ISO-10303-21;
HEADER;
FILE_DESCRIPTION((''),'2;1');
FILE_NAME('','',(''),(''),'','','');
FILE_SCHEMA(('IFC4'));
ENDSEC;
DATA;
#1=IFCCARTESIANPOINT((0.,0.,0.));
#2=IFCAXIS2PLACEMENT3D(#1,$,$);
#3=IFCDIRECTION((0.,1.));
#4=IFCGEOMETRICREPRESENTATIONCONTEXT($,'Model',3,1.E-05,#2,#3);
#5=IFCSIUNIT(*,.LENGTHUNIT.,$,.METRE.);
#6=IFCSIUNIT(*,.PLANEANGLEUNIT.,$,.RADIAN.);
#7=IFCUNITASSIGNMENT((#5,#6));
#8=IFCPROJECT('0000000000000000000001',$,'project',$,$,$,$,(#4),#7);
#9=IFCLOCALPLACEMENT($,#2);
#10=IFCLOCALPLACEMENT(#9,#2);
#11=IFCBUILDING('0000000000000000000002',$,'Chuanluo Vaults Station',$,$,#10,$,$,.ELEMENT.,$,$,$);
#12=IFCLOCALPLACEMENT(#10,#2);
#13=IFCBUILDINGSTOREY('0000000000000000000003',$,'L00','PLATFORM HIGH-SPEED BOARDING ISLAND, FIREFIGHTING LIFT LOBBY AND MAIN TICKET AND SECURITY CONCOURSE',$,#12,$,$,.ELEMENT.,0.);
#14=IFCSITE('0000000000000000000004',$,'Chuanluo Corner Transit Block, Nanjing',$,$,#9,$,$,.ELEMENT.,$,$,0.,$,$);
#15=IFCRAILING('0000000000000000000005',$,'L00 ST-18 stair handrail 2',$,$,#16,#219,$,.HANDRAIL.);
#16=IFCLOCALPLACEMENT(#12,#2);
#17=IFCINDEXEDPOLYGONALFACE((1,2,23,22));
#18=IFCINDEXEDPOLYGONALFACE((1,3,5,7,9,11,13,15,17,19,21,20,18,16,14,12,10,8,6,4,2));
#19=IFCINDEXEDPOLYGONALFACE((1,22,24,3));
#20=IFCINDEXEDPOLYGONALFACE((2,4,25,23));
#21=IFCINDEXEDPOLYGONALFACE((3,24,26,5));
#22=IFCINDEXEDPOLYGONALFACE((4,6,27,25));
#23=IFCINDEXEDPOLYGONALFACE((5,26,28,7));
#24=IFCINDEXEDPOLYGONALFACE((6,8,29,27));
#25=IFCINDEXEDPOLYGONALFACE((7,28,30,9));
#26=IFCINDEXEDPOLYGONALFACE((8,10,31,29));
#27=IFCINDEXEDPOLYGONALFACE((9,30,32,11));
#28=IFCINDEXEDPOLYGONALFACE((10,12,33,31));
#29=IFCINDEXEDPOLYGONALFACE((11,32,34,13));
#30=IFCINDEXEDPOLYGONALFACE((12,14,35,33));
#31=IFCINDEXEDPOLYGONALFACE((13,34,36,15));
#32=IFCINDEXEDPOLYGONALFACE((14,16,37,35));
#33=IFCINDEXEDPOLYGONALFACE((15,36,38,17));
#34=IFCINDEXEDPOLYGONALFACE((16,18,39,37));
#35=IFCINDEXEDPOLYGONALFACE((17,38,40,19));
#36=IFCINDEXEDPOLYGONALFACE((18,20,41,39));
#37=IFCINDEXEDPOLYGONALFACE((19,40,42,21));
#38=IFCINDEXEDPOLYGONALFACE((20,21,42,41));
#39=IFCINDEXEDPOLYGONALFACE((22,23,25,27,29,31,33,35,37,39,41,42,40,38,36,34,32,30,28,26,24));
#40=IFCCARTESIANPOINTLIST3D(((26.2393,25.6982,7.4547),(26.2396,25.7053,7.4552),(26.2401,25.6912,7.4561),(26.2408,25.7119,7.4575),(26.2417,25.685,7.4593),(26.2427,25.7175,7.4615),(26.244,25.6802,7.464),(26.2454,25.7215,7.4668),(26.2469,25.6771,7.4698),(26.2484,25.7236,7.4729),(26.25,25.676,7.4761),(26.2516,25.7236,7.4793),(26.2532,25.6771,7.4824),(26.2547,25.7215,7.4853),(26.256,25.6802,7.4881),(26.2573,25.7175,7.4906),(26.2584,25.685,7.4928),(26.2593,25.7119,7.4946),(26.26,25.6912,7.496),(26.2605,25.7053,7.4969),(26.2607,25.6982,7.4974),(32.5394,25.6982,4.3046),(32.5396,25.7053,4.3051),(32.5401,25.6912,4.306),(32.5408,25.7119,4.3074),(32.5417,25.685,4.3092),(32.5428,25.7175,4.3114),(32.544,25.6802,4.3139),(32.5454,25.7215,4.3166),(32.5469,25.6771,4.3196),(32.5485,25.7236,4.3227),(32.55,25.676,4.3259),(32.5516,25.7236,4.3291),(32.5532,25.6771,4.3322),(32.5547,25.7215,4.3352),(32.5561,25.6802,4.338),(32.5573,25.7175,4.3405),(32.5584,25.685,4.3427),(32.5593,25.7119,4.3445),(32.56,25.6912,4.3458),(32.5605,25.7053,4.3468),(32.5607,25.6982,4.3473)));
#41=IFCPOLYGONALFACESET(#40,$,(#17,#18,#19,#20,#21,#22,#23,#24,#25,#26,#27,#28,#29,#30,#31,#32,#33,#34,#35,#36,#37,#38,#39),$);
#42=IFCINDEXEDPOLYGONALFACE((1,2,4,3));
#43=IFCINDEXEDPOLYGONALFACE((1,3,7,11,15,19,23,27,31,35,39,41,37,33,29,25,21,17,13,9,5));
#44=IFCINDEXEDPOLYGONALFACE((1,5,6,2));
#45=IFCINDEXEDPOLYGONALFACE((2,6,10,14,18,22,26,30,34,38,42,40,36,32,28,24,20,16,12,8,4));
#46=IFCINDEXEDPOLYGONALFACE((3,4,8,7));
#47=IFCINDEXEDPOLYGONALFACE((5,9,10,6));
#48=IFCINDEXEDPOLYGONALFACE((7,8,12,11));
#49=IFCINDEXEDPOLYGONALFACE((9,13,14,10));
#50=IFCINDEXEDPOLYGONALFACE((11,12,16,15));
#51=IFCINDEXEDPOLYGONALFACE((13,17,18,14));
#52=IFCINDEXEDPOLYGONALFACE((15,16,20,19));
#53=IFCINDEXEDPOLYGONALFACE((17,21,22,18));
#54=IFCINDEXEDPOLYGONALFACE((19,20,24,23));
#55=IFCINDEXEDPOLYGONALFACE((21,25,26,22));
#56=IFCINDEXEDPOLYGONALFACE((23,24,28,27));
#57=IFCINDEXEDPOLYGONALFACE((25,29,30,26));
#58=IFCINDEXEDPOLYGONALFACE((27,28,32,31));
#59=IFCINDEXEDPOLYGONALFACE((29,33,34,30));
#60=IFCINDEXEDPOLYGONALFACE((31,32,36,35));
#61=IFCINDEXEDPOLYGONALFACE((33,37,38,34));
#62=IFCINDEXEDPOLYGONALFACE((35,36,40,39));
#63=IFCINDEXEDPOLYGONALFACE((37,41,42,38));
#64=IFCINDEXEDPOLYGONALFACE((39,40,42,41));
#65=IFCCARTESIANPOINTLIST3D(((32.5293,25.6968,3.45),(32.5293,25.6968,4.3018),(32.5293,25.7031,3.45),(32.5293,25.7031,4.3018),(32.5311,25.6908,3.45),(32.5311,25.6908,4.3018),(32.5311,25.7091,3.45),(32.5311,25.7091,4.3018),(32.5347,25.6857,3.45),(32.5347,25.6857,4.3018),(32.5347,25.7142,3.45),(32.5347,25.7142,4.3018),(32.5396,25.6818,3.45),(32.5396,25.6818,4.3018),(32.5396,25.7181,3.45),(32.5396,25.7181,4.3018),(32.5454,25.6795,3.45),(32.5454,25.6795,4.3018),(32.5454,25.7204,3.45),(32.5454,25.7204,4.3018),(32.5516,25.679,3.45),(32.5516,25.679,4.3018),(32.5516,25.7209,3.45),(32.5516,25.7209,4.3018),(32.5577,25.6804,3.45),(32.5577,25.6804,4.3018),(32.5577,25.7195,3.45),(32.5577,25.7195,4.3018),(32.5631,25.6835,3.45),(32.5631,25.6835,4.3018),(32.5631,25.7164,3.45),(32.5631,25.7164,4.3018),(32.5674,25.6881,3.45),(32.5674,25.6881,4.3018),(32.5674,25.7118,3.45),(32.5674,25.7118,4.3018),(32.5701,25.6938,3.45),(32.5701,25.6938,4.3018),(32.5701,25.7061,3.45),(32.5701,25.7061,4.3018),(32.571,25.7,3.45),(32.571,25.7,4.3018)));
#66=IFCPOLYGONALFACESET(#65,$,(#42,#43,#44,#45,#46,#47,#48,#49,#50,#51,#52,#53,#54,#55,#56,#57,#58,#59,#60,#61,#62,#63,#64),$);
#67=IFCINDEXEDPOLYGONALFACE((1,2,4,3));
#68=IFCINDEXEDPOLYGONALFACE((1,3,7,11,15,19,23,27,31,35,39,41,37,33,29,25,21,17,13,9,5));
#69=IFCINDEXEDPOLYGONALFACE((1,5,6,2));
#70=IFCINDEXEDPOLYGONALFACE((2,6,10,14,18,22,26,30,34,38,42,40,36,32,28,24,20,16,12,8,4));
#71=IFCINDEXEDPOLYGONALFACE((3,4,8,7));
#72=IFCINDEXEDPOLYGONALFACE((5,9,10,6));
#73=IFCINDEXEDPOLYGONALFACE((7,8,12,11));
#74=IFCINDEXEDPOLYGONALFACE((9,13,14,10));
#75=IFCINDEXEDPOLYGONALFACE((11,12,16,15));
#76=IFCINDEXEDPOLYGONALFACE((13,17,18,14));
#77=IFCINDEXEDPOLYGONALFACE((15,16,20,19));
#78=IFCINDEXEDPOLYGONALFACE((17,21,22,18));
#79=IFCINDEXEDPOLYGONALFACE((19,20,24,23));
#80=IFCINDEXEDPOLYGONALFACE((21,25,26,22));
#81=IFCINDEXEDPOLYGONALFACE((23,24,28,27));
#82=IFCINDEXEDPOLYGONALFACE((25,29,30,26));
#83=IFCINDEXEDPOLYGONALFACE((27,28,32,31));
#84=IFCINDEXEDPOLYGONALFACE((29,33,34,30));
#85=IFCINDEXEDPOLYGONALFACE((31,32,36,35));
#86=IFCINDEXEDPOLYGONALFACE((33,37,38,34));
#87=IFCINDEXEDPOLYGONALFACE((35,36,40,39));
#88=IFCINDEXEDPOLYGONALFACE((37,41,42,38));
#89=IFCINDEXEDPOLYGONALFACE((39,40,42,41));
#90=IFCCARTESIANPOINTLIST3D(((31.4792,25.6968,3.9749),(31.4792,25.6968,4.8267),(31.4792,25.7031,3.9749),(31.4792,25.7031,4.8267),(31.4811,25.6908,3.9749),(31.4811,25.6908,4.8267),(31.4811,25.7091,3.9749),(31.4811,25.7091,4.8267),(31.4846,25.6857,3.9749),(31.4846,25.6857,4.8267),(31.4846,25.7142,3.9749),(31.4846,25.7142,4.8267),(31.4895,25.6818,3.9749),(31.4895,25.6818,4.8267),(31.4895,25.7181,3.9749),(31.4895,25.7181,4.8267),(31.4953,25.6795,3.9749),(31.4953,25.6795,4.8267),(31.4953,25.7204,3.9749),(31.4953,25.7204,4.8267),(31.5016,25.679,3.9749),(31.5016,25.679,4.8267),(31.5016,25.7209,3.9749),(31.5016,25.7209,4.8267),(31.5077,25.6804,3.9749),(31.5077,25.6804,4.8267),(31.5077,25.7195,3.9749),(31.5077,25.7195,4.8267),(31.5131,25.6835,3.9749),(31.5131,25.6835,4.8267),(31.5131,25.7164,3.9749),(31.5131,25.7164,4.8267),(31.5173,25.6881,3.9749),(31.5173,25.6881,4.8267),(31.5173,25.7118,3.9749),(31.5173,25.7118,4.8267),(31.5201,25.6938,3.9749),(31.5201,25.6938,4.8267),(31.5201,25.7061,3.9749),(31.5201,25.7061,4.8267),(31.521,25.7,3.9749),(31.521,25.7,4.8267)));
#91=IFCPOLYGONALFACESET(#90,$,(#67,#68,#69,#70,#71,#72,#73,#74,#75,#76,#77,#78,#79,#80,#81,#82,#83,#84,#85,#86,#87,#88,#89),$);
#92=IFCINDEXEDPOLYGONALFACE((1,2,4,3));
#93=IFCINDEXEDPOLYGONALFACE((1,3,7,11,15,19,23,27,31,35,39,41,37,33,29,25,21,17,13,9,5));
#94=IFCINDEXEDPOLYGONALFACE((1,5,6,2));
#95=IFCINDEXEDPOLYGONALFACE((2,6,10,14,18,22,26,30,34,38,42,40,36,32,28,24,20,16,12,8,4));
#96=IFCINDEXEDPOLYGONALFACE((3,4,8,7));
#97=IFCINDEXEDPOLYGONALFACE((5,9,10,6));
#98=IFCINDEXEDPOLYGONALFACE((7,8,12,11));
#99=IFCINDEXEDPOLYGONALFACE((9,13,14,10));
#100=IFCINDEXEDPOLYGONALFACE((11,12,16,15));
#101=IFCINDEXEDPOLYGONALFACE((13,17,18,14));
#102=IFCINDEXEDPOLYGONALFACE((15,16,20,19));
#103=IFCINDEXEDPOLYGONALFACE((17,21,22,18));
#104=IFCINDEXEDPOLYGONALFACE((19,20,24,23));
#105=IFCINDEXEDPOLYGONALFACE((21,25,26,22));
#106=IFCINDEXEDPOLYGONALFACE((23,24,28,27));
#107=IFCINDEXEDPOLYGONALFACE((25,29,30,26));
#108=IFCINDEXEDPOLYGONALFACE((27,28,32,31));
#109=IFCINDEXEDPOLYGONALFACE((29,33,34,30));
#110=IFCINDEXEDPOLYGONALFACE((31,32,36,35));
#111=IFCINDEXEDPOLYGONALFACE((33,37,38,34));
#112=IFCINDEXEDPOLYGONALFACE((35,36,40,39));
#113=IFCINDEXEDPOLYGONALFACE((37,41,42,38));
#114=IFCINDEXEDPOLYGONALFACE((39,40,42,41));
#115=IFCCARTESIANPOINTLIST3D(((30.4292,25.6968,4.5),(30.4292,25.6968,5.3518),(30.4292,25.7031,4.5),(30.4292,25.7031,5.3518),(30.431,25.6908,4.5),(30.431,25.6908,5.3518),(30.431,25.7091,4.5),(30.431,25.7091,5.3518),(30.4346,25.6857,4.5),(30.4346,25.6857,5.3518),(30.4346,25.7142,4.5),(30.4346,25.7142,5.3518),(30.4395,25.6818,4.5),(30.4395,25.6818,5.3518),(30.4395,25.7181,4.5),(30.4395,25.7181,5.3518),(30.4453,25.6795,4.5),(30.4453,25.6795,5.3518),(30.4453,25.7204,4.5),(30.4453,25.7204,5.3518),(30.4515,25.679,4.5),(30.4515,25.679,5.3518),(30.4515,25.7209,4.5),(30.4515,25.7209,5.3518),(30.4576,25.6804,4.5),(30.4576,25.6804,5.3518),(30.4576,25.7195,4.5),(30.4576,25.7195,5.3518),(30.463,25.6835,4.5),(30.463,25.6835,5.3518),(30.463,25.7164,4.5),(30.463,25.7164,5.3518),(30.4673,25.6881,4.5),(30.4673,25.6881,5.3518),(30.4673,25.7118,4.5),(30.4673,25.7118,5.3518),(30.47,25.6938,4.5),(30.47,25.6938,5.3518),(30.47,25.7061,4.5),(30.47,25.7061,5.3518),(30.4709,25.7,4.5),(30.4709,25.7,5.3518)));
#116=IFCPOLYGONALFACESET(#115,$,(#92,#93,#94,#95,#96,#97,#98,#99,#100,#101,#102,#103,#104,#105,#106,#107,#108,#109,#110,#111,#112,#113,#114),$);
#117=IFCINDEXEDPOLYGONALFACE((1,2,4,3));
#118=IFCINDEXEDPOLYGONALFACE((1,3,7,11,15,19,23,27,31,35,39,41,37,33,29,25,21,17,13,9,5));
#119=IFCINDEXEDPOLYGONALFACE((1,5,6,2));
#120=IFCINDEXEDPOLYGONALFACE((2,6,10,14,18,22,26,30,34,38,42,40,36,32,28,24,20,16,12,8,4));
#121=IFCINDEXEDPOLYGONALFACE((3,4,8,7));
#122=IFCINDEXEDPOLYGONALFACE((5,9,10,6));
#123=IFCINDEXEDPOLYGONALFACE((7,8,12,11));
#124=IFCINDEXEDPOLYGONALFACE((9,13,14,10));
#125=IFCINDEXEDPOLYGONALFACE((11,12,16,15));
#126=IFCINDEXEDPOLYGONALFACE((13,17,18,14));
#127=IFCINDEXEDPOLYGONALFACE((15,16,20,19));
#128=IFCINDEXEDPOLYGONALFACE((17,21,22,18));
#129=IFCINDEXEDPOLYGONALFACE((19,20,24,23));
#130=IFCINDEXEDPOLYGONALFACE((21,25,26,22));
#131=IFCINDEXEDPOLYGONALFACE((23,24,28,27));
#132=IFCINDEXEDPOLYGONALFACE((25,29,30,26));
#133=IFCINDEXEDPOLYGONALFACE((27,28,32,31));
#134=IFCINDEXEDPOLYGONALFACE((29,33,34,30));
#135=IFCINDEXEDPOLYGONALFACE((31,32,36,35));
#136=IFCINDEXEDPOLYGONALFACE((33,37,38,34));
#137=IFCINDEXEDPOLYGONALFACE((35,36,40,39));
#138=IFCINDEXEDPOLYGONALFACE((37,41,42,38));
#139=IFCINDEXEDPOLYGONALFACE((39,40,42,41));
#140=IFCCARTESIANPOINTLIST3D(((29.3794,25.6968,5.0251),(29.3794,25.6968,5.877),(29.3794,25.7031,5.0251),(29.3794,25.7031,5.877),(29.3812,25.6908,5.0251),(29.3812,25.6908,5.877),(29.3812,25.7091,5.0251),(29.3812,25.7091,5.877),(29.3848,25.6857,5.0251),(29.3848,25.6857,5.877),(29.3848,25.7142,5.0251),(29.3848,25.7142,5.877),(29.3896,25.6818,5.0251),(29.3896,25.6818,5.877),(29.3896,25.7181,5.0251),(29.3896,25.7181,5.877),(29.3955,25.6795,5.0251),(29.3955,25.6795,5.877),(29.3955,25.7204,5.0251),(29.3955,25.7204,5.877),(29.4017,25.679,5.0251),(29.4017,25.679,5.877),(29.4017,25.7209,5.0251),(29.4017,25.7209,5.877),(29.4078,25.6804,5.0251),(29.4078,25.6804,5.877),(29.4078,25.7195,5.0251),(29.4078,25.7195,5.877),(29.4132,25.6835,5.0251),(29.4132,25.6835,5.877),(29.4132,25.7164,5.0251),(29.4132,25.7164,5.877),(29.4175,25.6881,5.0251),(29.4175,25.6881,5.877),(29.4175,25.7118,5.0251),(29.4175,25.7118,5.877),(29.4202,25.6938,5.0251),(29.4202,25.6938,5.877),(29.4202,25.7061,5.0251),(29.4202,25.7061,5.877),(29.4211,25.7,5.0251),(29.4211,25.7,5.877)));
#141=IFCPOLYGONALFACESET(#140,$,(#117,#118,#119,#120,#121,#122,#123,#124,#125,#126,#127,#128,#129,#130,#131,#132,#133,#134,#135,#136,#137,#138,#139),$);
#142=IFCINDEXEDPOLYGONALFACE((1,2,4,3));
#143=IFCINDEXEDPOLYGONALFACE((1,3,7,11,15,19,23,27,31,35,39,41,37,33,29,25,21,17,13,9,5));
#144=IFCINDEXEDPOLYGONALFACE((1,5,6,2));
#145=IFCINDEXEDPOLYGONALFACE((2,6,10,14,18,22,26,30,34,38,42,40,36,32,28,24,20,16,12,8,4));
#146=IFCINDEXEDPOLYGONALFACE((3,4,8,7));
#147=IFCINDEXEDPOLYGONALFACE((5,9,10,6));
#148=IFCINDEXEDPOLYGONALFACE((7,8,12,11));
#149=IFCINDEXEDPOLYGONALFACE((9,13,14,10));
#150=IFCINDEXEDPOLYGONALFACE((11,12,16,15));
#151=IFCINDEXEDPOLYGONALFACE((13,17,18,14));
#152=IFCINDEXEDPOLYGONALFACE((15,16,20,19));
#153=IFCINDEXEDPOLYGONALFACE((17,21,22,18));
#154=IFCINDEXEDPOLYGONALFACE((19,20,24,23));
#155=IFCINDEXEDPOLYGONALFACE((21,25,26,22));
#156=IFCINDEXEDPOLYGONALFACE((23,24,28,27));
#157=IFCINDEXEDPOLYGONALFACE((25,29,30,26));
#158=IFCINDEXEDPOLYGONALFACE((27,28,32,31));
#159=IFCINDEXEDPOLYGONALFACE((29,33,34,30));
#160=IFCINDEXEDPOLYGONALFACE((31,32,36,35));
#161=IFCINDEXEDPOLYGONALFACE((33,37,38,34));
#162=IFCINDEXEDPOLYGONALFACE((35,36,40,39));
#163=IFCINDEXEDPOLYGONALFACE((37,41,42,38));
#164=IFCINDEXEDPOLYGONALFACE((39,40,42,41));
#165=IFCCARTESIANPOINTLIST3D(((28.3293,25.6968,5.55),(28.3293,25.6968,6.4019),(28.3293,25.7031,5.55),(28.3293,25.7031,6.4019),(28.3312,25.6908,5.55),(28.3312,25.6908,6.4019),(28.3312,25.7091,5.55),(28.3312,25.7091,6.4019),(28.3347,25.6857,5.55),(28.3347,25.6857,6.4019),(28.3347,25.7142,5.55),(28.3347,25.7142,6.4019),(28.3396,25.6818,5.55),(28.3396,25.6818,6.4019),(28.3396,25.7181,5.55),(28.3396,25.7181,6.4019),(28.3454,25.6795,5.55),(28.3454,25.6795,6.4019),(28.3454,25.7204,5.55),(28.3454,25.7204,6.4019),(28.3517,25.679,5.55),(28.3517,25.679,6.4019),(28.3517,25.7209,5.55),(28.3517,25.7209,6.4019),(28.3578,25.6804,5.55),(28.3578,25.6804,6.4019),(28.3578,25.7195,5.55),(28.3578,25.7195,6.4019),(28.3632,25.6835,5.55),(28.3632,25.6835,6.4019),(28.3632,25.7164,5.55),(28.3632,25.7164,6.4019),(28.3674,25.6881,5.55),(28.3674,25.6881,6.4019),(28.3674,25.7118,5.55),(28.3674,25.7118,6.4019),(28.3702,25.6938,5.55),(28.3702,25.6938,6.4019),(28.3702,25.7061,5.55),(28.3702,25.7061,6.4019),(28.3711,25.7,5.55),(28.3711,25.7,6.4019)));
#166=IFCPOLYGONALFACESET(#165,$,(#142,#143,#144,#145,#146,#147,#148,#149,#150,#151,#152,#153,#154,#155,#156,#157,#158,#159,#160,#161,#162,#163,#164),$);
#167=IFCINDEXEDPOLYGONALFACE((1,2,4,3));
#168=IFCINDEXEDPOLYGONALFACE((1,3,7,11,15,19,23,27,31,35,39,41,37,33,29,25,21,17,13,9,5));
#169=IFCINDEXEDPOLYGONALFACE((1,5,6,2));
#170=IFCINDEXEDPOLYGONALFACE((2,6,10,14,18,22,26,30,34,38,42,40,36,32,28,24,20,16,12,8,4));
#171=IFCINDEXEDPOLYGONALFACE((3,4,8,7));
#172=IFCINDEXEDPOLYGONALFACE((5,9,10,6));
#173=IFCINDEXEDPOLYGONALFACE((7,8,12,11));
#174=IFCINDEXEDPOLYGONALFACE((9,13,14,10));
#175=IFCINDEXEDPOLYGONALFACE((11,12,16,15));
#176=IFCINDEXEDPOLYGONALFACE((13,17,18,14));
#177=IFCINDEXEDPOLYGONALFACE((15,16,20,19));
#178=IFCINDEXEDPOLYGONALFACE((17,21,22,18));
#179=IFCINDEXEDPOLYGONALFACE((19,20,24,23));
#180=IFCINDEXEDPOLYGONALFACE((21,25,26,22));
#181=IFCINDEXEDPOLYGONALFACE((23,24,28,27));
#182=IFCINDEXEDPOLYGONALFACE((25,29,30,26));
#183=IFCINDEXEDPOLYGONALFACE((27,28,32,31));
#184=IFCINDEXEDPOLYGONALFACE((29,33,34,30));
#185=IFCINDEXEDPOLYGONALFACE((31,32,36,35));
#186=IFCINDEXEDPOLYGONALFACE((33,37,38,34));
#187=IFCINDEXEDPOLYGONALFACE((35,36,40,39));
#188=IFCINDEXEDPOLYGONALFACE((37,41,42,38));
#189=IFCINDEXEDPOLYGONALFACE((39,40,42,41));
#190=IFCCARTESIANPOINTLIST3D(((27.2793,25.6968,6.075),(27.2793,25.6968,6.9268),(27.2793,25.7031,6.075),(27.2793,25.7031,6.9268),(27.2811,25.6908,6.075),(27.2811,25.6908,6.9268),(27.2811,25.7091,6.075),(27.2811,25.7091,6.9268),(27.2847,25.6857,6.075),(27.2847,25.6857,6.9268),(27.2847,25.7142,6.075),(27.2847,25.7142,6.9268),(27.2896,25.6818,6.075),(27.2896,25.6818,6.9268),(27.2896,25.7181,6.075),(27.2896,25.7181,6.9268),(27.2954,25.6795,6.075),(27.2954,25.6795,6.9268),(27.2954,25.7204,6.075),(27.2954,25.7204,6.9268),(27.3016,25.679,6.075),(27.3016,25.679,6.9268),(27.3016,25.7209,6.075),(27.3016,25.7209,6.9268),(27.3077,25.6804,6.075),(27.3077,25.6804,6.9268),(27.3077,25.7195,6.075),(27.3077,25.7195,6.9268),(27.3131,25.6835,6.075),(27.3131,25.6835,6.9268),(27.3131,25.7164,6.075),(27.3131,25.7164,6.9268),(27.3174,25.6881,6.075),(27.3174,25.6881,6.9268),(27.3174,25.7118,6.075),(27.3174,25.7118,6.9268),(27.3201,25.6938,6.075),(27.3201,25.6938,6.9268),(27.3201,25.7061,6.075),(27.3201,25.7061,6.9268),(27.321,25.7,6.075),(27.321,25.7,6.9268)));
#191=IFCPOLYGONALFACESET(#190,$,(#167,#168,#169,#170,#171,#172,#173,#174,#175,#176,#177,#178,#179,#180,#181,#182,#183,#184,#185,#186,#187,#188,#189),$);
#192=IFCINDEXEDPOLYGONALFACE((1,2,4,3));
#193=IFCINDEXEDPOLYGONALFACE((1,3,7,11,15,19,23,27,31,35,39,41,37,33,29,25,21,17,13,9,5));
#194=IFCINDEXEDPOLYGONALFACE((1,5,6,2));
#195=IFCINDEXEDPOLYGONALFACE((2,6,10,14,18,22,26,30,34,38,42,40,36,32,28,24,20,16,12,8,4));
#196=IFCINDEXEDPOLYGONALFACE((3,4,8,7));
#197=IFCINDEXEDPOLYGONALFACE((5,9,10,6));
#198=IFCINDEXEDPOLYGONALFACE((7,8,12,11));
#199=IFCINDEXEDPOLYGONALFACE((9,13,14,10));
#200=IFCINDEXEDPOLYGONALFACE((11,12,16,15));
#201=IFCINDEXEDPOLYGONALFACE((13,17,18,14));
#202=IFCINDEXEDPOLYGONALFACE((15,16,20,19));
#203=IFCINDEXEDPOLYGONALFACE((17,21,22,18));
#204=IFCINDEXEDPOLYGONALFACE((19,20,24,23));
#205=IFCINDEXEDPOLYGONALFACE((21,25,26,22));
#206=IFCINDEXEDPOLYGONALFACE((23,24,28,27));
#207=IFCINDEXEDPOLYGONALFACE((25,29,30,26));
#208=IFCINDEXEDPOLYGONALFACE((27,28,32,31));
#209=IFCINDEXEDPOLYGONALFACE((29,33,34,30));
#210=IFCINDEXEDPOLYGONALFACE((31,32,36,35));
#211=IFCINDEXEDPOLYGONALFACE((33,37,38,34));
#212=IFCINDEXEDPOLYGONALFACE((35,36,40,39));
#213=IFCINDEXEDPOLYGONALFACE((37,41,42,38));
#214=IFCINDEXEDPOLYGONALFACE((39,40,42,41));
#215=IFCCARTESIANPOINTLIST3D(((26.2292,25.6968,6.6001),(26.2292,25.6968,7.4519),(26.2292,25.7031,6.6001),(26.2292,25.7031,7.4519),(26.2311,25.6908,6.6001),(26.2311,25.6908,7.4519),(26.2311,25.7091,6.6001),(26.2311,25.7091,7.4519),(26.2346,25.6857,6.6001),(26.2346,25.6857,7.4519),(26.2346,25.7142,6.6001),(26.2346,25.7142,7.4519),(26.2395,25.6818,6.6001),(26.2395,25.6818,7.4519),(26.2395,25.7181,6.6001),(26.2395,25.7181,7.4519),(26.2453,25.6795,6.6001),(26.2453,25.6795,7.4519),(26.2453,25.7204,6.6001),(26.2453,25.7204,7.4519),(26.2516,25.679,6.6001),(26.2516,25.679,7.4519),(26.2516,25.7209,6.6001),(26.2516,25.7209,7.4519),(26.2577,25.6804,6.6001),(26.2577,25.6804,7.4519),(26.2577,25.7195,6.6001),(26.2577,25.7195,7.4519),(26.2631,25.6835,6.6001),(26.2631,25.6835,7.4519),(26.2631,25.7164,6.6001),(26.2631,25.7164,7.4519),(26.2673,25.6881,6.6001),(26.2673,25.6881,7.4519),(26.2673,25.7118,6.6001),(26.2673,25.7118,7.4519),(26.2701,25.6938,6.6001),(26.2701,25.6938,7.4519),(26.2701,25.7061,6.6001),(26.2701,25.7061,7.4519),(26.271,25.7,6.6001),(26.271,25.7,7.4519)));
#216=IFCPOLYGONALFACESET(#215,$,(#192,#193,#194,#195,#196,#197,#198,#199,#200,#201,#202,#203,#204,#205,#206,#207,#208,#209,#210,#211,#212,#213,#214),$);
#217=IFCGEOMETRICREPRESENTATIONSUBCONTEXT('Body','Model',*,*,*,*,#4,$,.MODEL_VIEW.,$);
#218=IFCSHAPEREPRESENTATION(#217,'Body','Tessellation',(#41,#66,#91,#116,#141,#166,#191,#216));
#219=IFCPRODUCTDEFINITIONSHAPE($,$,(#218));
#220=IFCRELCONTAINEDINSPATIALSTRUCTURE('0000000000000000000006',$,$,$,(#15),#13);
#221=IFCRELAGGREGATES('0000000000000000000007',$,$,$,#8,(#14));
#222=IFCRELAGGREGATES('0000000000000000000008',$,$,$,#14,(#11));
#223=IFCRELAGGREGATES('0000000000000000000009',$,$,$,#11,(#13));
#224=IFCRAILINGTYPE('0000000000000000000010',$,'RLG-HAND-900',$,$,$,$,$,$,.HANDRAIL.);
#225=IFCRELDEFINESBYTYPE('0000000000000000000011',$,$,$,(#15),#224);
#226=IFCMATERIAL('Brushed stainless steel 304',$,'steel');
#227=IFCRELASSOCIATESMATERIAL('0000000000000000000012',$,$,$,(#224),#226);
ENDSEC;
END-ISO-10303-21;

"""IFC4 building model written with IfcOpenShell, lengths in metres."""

from ifc_helpers import new_model, si_unit, direction, frame, origin, origin_2d, place, context, subcontext, project, spatial, circle, extrude, material, type_object, element, save


model = new_model("IFC4")

# Units and contexts
model_context = context("Model", 3, precision=1e-05, world=origin(), true_north=direction((0.0, 1.0)))
body_context = subcontext(model_context, "Body", "Model", "MODEL_VIEW")
ifc_project = project(units=[si_unit("LENGTHUNIT", "METRE"), si_unit("PLANEANGLEUNIT", "RADIAN")], contexts=[model_context])

# Site, building, storey
site_placement = place(None, origin())
site = spatial("IfcSite", under=ifc_project, at=site_placement, Name="Chuanluo Corner Transit Block, Nanjing", CompositionType="ELEMENT", RefElevation=0.0)
building_placement = place(site_placement, origin())
building = spatial("IfcBuilding", under=site, at=building_placement, Name="Chuanluo Vaults Station", CompositionType="ELEMENT")
storey_placement = place(building_placement, origin())
storey = spatial("IfcBuildingStorey", under=building, at=storey_placement, Name="L00", Description="PLATFORM HIGH-SPEED BOARDING ISLAND, FIREFIGHTING LIFT LOBBY AND MAIN TICKET AND SECURITY CONCOURSE", CompositionType="ELEMENT", Elevation=0.0)

# Railing
ifc_material_1 = material(Name="Brushed stainless steel 304", Category="steel")
railing_type_1 = type_object("IfcRailingType", Name="RLG-HAND-900", PredefinedType="HANDRAIL", material=ifc_material_1)
railing_1_placement = place(storey_placement, frame((32.55, 25.7, 3.45)))
element("IfcRailing", 1, at=railing_1_placement, inside=storey, type_object=railing_type_1, Name="L00 ST-18 stair handrail 2", PredefinedType="HANDRAIL", context=body_context, shape_type="SweptSolid", body=[
    extrude(circle(Radius=0.0239, at=origin_2d()), frame((0.0, 0.0, 0.876), z_axis=(-0.89442, 0.0, 0.447227), x_axis=(0.0, -1.0, 0.0)), (0.0, 0.0, 1.0), 7.0437),
    extrude(circle(Radius=0.021, at=origin_2d()), origin(), (0.0, 0.0, 1.0), 0.8518),
    extrude(circle(Radius=0.021, at=origin_2d()), frame((-1.05, 0.0, 0.5249)), (0.0, 0.0, 1.0), 0.8518),
    extrude(circle(Radius=0.021, at=origin_2d()), frame((-2.1001, 0.0, 1.05)), (0.0, 0.0, 1.0), 0.8518),
    extrude(circle(Radius=0.021, at=origin_2d()), frame((-3.1499, 0.0, 1.5752)), (0.0, 0.0, 1.0), 0.8518),
    extrude(circle(Radius=0.021, at=origin_2d()), frame((-4.2, 0.0, 2.1001)), (0.0, 0.0, 1.0), 0.8518),
    extrude(circle(Radius=0.021, at=origin_2d()), frame((-5.25, 0.0, 2.625)), (0.0, 0.0, 1.0), 0.8518),
    extrude(circle(Radius=0.021, at=origin_2d()), frame((-6.3, 0.0, 3.1501)), (0.0, 0.0, 1.0), 0.8518),
])

save(model, "model.ifc")
